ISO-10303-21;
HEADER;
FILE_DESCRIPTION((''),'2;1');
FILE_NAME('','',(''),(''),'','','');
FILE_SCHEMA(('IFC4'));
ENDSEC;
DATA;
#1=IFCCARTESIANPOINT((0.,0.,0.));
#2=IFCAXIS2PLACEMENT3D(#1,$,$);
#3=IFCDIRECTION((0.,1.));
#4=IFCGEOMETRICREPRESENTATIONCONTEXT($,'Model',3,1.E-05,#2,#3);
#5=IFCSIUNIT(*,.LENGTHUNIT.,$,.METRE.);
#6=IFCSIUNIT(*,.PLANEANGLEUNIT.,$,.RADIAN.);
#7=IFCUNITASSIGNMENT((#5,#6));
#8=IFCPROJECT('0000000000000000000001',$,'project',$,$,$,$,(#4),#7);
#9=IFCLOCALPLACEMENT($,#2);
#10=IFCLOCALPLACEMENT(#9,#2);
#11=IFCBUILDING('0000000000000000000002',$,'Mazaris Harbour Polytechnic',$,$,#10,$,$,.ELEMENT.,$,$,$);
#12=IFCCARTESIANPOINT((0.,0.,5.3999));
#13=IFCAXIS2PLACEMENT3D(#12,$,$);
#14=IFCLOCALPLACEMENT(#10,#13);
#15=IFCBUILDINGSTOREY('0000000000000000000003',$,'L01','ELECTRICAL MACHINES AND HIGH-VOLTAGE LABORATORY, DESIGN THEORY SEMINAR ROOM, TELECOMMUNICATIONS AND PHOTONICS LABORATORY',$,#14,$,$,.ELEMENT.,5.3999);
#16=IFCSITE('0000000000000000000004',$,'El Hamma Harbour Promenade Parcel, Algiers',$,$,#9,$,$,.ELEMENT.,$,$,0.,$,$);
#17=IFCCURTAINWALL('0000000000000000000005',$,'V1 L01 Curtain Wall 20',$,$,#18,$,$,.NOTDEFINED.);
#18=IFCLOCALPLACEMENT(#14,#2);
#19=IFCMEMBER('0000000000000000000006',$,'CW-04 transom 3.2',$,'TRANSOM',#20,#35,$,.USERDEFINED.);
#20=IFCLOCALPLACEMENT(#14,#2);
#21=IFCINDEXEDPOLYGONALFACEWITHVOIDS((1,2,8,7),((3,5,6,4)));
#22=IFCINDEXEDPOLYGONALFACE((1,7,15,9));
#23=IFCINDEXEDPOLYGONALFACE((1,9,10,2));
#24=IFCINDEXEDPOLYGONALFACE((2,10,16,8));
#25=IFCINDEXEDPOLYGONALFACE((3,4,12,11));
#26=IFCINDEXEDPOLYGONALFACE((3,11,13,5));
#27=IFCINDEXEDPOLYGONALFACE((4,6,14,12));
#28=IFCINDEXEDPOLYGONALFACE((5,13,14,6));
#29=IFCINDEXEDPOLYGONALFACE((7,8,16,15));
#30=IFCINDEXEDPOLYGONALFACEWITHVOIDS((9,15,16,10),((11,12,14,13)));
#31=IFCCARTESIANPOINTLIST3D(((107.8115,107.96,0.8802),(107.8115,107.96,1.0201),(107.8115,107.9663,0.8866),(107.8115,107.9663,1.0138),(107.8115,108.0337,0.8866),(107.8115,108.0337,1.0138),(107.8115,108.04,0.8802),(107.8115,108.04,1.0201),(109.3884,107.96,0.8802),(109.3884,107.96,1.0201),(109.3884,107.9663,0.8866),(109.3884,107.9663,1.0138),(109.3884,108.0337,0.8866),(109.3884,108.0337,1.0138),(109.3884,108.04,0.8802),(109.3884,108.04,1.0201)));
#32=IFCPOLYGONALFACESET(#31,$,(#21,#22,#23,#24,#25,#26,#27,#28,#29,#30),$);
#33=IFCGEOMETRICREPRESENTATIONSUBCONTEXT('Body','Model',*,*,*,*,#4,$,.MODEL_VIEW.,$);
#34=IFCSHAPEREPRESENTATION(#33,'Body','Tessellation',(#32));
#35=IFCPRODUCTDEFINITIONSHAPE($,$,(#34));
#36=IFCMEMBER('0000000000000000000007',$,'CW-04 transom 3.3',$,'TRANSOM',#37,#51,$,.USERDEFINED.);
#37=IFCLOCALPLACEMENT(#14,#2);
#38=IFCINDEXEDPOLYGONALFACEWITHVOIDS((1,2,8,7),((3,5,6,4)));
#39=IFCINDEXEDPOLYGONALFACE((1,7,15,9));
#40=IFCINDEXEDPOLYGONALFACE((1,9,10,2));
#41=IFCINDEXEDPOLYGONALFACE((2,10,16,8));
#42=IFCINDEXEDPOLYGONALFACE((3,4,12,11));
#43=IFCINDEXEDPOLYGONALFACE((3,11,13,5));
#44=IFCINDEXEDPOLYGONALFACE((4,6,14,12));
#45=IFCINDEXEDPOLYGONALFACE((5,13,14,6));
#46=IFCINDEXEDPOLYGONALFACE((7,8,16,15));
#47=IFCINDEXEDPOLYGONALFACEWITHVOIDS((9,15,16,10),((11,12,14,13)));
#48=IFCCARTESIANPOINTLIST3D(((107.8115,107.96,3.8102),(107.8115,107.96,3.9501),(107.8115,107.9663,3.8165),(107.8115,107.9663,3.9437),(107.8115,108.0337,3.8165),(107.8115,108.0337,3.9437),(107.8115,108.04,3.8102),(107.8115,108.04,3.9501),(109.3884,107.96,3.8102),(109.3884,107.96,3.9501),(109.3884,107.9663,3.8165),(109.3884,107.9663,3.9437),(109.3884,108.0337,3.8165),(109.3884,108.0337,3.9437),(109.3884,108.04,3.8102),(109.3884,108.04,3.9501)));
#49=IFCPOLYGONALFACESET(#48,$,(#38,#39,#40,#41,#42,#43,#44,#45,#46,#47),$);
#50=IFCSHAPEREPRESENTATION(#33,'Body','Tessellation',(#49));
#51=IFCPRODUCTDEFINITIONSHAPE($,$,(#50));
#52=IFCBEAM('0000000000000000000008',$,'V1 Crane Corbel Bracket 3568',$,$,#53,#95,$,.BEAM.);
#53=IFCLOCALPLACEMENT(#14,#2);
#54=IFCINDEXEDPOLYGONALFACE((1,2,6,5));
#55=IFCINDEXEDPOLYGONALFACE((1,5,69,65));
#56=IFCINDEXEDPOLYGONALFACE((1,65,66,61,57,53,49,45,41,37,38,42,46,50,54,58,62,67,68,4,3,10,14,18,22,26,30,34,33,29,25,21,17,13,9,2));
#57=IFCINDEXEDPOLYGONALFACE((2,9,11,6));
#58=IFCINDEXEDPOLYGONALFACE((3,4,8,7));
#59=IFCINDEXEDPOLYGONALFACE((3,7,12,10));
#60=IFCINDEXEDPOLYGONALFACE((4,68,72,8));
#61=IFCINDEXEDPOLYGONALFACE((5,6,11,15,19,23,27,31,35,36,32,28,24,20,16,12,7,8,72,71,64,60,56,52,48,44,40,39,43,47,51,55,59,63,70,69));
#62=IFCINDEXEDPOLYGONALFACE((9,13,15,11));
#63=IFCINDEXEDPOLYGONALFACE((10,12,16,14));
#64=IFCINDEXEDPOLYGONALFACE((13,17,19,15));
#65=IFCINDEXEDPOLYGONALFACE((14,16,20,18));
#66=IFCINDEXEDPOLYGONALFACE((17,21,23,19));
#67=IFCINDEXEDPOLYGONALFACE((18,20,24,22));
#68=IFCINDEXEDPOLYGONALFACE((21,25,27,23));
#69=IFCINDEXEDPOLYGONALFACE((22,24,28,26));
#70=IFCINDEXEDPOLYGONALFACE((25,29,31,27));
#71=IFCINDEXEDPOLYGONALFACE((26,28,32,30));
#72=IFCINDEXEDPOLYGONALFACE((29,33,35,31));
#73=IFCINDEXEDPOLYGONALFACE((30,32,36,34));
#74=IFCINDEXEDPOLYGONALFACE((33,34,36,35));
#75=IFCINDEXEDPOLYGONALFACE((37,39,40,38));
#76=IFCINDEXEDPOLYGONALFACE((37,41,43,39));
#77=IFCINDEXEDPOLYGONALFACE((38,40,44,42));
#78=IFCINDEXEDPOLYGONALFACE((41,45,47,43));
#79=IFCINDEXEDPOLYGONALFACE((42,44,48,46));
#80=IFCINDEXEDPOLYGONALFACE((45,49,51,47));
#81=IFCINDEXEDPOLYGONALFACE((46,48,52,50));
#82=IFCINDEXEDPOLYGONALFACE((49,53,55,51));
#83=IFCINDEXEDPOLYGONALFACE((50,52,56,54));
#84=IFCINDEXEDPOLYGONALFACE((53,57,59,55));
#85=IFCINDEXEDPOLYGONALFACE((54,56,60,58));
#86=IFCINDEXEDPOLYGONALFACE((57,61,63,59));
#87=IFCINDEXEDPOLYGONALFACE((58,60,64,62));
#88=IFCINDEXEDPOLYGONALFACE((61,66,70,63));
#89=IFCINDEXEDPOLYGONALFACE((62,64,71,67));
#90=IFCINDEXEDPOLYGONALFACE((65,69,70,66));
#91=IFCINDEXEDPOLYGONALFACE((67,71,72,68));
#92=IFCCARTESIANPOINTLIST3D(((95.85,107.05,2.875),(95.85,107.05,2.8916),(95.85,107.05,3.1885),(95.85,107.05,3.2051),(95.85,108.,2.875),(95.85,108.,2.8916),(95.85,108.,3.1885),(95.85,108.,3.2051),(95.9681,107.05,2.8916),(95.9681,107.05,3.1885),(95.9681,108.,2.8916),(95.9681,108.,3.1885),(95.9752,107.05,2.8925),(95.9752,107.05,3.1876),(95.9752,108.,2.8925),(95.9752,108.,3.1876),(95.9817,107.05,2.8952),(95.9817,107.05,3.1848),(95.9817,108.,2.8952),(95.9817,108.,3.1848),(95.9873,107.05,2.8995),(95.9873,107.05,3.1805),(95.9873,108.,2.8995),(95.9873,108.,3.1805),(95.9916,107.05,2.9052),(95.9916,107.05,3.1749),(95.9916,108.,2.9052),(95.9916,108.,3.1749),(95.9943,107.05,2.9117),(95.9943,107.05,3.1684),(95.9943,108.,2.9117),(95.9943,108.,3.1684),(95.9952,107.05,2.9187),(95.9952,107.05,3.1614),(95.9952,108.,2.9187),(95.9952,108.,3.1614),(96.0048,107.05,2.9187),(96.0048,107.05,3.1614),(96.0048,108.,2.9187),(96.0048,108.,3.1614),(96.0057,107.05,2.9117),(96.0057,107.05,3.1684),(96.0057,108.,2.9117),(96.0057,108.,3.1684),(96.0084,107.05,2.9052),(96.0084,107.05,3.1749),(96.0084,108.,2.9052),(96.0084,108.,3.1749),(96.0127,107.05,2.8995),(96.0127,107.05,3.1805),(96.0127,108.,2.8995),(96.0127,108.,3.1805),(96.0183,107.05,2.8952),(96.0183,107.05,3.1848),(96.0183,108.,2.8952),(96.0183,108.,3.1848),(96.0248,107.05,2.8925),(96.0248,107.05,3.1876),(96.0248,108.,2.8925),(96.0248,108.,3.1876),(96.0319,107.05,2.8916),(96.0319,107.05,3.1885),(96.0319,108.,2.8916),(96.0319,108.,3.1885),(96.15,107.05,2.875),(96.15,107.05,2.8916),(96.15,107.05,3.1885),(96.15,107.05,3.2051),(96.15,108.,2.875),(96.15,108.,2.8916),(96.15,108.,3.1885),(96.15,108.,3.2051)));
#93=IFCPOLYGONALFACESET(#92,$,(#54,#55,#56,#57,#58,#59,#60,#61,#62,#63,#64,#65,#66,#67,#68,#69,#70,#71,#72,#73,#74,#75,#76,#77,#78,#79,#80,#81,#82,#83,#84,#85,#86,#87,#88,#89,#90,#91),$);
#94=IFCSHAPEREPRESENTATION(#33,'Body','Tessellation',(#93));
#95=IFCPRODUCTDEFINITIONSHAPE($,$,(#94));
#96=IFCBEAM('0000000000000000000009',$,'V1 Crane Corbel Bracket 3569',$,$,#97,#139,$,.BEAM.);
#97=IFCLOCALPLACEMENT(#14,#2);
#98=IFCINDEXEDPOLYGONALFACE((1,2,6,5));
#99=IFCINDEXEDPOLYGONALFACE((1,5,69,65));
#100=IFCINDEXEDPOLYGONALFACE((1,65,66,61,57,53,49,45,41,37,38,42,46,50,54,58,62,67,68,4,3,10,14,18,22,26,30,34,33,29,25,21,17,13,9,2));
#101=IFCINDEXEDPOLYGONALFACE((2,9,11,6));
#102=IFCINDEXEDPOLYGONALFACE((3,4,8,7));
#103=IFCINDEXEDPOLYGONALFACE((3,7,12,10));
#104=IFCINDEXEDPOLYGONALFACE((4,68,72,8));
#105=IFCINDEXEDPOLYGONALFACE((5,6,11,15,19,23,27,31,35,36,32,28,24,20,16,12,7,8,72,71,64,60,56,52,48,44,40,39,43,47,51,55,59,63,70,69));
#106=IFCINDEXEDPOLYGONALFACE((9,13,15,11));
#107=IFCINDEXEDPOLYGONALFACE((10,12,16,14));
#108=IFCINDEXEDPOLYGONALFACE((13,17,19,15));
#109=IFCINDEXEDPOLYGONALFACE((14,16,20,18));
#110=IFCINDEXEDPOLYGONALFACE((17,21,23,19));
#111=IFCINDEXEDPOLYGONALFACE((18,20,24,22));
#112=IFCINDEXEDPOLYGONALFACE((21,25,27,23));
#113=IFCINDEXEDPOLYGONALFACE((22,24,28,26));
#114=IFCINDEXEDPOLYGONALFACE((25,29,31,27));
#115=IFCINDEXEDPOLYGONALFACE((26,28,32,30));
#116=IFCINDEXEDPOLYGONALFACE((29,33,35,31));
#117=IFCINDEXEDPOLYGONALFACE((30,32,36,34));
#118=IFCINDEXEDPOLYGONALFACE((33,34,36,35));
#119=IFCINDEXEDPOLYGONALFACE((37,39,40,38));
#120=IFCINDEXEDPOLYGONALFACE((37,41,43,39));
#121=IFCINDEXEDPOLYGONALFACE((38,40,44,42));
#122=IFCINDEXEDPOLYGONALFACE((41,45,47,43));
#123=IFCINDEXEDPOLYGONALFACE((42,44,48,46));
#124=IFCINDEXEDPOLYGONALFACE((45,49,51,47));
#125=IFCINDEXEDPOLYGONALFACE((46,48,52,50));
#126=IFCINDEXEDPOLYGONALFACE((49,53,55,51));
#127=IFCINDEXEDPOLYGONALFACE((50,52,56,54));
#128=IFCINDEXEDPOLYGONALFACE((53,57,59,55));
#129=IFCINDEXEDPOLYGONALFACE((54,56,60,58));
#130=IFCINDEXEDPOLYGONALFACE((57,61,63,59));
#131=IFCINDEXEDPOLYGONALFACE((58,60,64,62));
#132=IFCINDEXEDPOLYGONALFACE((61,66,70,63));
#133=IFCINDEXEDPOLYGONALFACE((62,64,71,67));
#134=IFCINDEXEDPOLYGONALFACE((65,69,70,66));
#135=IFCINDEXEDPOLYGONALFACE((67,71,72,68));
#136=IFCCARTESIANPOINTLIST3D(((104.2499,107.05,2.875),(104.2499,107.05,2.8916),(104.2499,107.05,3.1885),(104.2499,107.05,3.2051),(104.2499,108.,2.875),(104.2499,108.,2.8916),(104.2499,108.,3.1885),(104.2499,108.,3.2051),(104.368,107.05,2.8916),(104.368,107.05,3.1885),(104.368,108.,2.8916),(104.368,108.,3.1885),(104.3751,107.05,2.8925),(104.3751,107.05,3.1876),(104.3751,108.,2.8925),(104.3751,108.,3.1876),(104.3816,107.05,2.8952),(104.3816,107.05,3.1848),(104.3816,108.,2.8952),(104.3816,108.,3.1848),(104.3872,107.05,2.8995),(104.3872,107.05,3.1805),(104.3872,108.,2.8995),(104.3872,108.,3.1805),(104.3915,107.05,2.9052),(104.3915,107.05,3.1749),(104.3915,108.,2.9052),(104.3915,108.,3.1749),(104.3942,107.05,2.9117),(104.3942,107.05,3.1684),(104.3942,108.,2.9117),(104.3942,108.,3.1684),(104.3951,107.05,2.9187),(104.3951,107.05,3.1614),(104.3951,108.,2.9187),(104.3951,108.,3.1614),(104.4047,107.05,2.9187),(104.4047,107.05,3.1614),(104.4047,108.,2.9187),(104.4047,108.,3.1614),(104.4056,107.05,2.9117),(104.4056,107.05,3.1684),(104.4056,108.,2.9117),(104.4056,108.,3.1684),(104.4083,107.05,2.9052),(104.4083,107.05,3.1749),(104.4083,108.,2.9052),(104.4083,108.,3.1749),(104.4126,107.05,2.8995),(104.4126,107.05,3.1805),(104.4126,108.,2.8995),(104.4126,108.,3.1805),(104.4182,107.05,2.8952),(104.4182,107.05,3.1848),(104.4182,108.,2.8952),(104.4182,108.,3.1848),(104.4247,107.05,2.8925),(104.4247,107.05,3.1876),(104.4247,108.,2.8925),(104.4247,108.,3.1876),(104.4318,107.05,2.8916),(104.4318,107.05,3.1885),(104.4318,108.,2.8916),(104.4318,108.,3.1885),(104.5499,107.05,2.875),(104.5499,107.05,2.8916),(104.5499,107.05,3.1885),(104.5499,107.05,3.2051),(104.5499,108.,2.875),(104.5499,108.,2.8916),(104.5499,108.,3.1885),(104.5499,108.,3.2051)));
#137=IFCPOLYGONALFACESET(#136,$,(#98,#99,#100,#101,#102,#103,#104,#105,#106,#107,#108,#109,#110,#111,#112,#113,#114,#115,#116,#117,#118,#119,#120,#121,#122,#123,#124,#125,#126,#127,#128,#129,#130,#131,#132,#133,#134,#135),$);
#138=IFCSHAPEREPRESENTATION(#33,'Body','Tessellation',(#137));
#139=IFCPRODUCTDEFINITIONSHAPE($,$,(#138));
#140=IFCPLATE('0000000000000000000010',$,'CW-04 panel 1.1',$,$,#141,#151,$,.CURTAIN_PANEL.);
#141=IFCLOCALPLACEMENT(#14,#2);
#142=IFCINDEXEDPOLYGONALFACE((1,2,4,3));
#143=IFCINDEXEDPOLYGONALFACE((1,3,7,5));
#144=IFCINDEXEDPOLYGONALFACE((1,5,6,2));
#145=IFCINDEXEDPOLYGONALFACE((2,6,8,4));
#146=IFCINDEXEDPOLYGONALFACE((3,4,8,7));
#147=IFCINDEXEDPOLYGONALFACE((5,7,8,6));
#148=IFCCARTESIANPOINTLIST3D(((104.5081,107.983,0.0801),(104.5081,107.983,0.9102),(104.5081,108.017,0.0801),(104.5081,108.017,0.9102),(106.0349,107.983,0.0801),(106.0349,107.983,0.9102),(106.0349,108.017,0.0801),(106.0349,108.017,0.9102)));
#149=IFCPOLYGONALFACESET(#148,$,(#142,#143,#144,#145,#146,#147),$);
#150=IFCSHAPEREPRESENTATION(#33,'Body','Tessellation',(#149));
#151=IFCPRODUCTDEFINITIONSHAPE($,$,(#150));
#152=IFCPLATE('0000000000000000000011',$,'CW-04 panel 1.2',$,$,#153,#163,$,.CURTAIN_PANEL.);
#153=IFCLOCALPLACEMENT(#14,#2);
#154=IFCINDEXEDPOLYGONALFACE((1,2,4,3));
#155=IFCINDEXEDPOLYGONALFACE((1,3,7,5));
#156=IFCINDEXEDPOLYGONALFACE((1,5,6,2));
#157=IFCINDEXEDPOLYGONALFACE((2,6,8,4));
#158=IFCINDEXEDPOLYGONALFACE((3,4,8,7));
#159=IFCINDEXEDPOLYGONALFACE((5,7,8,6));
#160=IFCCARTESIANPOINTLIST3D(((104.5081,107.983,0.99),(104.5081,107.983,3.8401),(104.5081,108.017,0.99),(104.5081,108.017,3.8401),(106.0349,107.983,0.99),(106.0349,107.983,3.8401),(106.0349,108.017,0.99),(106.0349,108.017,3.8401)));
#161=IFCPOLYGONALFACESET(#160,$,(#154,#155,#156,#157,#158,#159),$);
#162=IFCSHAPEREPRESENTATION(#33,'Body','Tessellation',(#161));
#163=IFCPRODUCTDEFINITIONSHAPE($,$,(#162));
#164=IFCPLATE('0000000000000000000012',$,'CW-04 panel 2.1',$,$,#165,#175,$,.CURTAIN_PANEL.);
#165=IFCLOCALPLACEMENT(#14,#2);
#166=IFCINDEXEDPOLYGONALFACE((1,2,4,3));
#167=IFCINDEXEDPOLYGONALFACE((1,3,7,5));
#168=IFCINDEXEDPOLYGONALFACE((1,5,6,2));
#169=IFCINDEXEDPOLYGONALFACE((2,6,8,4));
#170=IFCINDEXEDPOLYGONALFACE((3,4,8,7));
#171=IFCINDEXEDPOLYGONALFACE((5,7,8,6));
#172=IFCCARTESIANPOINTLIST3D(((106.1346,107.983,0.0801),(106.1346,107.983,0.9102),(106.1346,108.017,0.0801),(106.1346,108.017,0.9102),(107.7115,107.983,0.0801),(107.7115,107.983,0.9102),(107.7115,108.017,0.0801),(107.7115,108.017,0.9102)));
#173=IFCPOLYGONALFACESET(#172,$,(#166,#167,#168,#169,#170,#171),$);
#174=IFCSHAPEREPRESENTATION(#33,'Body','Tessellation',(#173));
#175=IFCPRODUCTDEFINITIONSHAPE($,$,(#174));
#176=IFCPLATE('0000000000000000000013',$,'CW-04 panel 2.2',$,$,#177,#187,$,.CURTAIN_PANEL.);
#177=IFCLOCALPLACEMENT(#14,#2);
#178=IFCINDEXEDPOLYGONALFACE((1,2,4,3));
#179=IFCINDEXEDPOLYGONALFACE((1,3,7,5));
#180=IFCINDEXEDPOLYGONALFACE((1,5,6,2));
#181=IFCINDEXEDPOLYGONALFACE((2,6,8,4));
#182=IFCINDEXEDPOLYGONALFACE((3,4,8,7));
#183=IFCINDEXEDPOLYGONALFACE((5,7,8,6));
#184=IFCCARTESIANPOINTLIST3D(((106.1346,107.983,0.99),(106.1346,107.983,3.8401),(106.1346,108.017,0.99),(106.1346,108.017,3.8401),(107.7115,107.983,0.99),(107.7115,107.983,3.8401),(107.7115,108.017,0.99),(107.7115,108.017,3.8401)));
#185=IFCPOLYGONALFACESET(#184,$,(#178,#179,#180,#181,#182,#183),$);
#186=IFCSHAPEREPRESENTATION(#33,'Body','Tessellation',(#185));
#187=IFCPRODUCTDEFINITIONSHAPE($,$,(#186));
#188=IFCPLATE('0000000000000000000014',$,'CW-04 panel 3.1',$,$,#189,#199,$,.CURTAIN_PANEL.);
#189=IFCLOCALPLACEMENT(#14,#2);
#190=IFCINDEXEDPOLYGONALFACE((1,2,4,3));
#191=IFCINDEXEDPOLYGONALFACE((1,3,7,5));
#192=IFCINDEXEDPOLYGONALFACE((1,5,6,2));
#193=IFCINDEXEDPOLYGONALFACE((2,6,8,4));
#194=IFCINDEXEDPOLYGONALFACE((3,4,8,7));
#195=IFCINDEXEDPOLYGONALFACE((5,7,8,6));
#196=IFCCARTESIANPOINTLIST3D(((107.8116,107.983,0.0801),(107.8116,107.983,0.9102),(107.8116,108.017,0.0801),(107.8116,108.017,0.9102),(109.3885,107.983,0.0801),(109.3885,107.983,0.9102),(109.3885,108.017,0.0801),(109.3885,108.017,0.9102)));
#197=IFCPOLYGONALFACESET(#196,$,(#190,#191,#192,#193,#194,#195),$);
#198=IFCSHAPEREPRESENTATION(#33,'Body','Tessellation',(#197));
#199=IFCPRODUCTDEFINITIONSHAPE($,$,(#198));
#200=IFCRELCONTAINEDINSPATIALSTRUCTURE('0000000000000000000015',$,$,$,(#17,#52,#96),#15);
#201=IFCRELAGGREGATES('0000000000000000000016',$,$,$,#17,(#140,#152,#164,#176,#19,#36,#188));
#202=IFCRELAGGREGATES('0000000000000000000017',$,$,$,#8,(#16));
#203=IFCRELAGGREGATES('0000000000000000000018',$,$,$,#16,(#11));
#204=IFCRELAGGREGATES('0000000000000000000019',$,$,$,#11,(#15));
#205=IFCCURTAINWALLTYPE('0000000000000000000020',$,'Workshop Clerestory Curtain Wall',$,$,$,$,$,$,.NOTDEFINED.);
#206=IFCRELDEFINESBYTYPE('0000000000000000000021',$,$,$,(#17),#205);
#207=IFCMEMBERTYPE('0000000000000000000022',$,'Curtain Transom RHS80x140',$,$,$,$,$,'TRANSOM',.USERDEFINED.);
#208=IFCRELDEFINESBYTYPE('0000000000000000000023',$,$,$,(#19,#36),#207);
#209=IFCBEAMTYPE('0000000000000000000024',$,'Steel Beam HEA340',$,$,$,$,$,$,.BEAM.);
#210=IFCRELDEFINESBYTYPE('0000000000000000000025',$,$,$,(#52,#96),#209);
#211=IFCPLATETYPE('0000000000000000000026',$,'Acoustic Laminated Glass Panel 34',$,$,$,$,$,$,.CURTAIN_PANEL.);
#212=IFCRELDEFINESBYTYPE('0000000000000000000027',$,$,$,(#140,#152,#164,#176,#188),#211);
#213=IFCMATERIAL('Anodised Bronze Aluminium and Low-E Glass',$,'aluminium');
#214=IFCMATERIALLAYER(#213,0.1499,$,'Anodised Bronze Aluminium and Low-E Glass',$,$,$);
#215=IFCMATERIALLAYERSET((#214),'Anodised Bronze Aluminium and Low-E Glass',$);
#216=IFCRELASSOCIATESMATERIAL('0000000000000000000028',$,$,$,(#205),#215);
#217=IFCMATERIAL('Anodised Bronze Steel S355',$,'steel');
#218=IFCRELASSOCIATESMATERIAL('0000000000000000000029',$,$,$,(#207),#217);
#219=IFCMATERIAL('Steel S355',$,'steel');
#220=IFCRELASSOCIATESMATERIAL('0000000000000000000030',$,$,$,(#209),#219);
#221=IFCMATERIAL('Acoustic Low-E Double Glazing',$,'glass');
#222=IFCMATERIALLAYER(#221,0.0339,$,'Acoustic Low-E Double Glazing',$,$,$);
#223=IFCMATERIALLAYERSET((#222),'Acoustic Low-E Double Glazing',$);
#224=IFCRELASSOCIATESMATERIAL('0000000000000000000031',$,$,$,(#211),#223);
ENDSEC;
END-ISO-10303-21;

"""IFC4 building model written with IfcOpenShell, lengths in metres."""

from ifc_helpers import new_model, si_unit, direction, frame, origin, origin_2d, place, context, subcontext, project, spatial, rectangle, hollow_rectangle, i_section, extrude, material, layer, layer_set, material_profile, profile_set, type_object, element, aggregate, save


model = new_model("IFC4")

# Units and contexts
model_context = context("Model", 3, precision=1e-05, world=origin(), true_north=direction((0.0, 1.0)))
body_context = subcontext(model_context, "Body", "Model", "MODEL_VIEW")
ifc_project = project(units=[si_unit("LENGTHUNIT", "METRE"), si_unit("PLANEANGLEUNIT", "RADIAN")], contexts=[model_context])

# Site, building, storey
site_placement = place(None, origin())
site = spatial("IfcSite", under=ifc_project, at=site_placement, Name="El Hamma Harbour Promenade Parcel, Algiers", CompositionType="ELEMENT", RefElevation=0.0)
building_placement = place(site_placement, origin())
building = spatial("IfcBuilding", under=site, at=building_placement, Name="Mazaris Harbour Polytechnic", CompositionType="ELEMENT")
storey_placement = place(building_placement, frame((0.0, 0.0, 5.3999)))
storey = spatial("IfcBuildingStorey", under=building, at=storey_placement, Name="L01", Description="ELECTRICAL MACHINES AND HIGH-VOLTAGE LABORATORY, DESIGN THEORY SEMINAR ROOM, TELECOMMUNICATIONS AND PHOTONICS LABORATORY", CompositionType="ELEMENT", Elevation=5.3999)

# Shared definitions
ifc_material_1 = material(Name="Anodised Bronze Aluminium and Low-E Glass", Category="aluminium")
ifc_layer_1 = layer(ifc_material_1, 0.1499, Name="Anodised Bronze Aluminium and Low-E Glass")
ifc_layer_set_1 = layer_set([ifc_layer_1], Name="Anodised Bronze Aluminium and Low-E Glass")
curtain_wall_type = type_object("IfcCurtainWallType", Name="Workshop Clerestory Curtain Wall", PredefinedType="NOTDEFINED", material=ifc_layer_set_1)

# Curtain wall, members
curtain_wall_1_placement = place(storey_placement, origin())
curtain_wall_1 = element("IfcCurtainWall", 1, at=curtain_wall_1_placement, inside=storey, type_object=curtain_wall_type, Name="V1 L01 Curtain Wall 20", PredefinedType="NOTDEFINED")
ifc_material_2 = material(Name="Anodised Bronze Steel S355", Category="steel")
ifc_material_profile_1 = material_profile(ifc_material_2, hollow_rectangle(XDim=0.0801, YDim=0.1399, WallThickness=0.0063, at=origin_2d()), Name="RHS 80x140x6.3")
ifc_profile_set_1 = profile_set([ifc_material_profile_1], Name="Anodised Bronze Steel S355")
member_type_1 = type_object("IfcMemberType", Name="Curtain Transom RHS80x140", ElementType="TRANSOM", PredefinedType="USERDEFINED", material=ifc_profile_set_1)
member_1_placement = place(storey_placement, frame((107.8115, 108.0, 0.9502), z_axis=(1.0, 0.0, 0.0), x_axis=(0.0, 1.0, 0.0)))
member_1 = element("IfcMember", 2, at=member_1_placement, type_object=member_type_1, Name="CW-04 transom 3.2", ObjectType="TRANSOM", PredefinedType="USERDEFINED", context=body_context, shape_type="SweptSolid", body=[
    extrude(hollow_rectangle(XDim=0.0801, YDim=0.1399, WallThickness=0.0063, at=origin_2d()), origin(), (0.0, 0.0, 1.0), 1.5769),
])
member_2_placement = place(storey_placement, frame((107.8115, 108.0, 3.8801), z_axis=(1.0, 0.0, 0.0), x_axis=(0.0, 1.0, 0.0)))
member_2 = element("IfcMember", 3, at=member_2_placement, type_object=member_type_1, Name="CW-04 transom 3.3", ObjectType="TRANSOM", PredefinedType="USERDEFINED", context=body_context, shape_type="SweptSolid", body=[
    extrude(hollow_rectangle(XDim=0.0801, YDim=0.1399, WallThickness=0.0063, at=origin_2d()), origin(), (0.0, 0.0, 1.0), 1.5769),
])

# Beams
ifc_material_3 = material(Name="Steel S355", Category="steel")
ifc_material_profile_2 = material_profile(ifc_material_3, i_section(OverallWidth=0.3, OverallDepth=0.3301, WebThickness=0.0095, FlangeThickness=0.0166, FilletRadius=0.0271, at=origin_2d()), Name="HEA 340")
ifc_profile_set_2 = profile_set([ifc_material_profile_2], Name="Steel S355")
beam_type_1 = type_object("IfcBeamType", Name="Steel Beam HEA340", PredefinedType="BEAM", material=ifc_profile_set_2)
for number, where, z_axis, x_axis, name in (
    (4, (96.0, 108.0, 3.04), (0.0, -1.0, 0.0), (1.0, 0.0, 0.0), "V1 Crane Corbel Bracket 3568"),
    (5, (104.3999, 108.0, 3.04), (0.0, -1.0, 0.0), (1.0, 0.0, 0.0), "V1 Crane Corbel Bracket 3569"),
):
    element("IfcBeam", number, at=place(storey_placement, frame(where, z_axis=z_axis, x_axis=x_axis)), inside=storey, type_object=beam_type_1, Name=name, PredefinedType="BEAM", context=body_context, shape_type="SweptSolid", body=[
        extrude(i_section(OverallWidth=0.3, OverallDepth=0.3301, WebThickness=0.0095, FlangeThickness=0.0166, FilletRadius=0.0271, at=origin_2d()), origin(), (0.0, 0.0, 1.0), 0.95),
    ])

# Plates
ifc_material_4 = material(Name="Acoustic Low-E Double Glazing", Category="glass")
ifc_layer_2 = layer(ifc_material_4, 0.0339, Name="Acoustic Low-E Double Glazing")
ifc_layer_set_2 = layer_set([ifc_layer_2], Name="Acoustic Low-E Double Glazing")
plate_type_1 = type_object("IfcPlateType", Name="Acoustic Laminated Glass Panel 34", PredefinedType="CURTAIN_PANEL", material=ifc_layer_set_2)
plate_1_placement = place(storey_placement, frame((105.2715, 108.0, 0.0801), z_axis=(0.0, 0.0, 1.0), x_axis=(1.0, 0.0, 0.0)))
plate_1 = element("IfcPlate", 6, at=plate_1_placement, type_object=plate_type_1, Name="CW-04 panel 1.1", PredefinedType="CURTAIN_PANEL", context=body_context, shape_type="SweptSolid", body=[
    extrude(rectangle(XDim=1.5269, YDim=0.0339, at=origin_2d()), origin(), (0.0, 0.0, 1.0), 0.8301),
])
plate_2_placement = place(storey_placement, frame((105.2715, 108.0, 0.99), z_axis=(0.0, 0.0, 1.0), x_axis=(1.0, 0.0, 0.0)))
plate_2 = element("IfcPlate", 7, at=plate_2_placement, type_object=plate_type_1, Name="CW-04 panel 1.2", PredefinedType="CURTAIN_PANEL", context=body_context, shape_type="SweptSolid", body=[
    extrude(rectangle(XDim=1.5269, YDim=0.0339, at=origin_2d()), origin(), (0.0, 0.0, 1.0), 2.8501),
])
plate_3_placement = place(storey_placement, frame((106.9231, 108.0, 0.0801), z_axis=(0.0, 0.0, 1.0), x_axis=(1.0, 0.0, 0.0)))
plate_3 = element("IfcPlate", 8, at=plate_3_placement, type_object=plate_type_1, Name="CW-04 panel 2.1", PredefinedType="CURTAIN_PANEL", context=body_context, shape_type="SweptSolid", body=[
    extrude(rectangle(XDim=1.5769, YDim=0.0339, at=origin_2d()), origin(), (0.0, 0.0, 1.0), 0.8301),
])
plate_4_placement = place(storey_placement, frame((106.9231, 108.0, 0.99), z_axis=(0.0, 0.0, 1.0), x_axis=(1.0, 0.0, 0.0)))
plate_4 = element("IfcPlate", 9, at=plate_4_placement, type_object=plate_type_1, Name="CW-04 panel 2.2", PredefinedType="CURTAIN_PANEL", context=body_context, shape_type="SweptSolid", body=[
    extrude(rectangle(XDim=1.5769, YDim=0.0339, at=origin_2d()), origin(), (0.0, 0.0, 1.0), 2.8501),
])
plate_5_placement = place(storey_placement, frame((108.6001, 108.0, 0.0801), z_axis=(0.0, 0.0, 1.0), x_axis=(1.0, 0.0, 0.0)))
plate_5 = element("IfcPlate", 10, at=plate_5_placement, type_object=plate_type_1, Name="CW-04 panel 3.1", PredefinedType="CURTAIN_PANEL", context=body_context, shape_type="SweptSolid", body=[
    extrude(rectangle(XDim=1.5769, YDim=0.0339, at=origin_2d()), origin(), (0.0, 0.0, 1.0), 0.8301),
])
aggregate(curtain_wall_1, [plate_1, plate_2, plate_3, plate_4, member_1, member_2, plate_5])

save(model, "model.ifc")
